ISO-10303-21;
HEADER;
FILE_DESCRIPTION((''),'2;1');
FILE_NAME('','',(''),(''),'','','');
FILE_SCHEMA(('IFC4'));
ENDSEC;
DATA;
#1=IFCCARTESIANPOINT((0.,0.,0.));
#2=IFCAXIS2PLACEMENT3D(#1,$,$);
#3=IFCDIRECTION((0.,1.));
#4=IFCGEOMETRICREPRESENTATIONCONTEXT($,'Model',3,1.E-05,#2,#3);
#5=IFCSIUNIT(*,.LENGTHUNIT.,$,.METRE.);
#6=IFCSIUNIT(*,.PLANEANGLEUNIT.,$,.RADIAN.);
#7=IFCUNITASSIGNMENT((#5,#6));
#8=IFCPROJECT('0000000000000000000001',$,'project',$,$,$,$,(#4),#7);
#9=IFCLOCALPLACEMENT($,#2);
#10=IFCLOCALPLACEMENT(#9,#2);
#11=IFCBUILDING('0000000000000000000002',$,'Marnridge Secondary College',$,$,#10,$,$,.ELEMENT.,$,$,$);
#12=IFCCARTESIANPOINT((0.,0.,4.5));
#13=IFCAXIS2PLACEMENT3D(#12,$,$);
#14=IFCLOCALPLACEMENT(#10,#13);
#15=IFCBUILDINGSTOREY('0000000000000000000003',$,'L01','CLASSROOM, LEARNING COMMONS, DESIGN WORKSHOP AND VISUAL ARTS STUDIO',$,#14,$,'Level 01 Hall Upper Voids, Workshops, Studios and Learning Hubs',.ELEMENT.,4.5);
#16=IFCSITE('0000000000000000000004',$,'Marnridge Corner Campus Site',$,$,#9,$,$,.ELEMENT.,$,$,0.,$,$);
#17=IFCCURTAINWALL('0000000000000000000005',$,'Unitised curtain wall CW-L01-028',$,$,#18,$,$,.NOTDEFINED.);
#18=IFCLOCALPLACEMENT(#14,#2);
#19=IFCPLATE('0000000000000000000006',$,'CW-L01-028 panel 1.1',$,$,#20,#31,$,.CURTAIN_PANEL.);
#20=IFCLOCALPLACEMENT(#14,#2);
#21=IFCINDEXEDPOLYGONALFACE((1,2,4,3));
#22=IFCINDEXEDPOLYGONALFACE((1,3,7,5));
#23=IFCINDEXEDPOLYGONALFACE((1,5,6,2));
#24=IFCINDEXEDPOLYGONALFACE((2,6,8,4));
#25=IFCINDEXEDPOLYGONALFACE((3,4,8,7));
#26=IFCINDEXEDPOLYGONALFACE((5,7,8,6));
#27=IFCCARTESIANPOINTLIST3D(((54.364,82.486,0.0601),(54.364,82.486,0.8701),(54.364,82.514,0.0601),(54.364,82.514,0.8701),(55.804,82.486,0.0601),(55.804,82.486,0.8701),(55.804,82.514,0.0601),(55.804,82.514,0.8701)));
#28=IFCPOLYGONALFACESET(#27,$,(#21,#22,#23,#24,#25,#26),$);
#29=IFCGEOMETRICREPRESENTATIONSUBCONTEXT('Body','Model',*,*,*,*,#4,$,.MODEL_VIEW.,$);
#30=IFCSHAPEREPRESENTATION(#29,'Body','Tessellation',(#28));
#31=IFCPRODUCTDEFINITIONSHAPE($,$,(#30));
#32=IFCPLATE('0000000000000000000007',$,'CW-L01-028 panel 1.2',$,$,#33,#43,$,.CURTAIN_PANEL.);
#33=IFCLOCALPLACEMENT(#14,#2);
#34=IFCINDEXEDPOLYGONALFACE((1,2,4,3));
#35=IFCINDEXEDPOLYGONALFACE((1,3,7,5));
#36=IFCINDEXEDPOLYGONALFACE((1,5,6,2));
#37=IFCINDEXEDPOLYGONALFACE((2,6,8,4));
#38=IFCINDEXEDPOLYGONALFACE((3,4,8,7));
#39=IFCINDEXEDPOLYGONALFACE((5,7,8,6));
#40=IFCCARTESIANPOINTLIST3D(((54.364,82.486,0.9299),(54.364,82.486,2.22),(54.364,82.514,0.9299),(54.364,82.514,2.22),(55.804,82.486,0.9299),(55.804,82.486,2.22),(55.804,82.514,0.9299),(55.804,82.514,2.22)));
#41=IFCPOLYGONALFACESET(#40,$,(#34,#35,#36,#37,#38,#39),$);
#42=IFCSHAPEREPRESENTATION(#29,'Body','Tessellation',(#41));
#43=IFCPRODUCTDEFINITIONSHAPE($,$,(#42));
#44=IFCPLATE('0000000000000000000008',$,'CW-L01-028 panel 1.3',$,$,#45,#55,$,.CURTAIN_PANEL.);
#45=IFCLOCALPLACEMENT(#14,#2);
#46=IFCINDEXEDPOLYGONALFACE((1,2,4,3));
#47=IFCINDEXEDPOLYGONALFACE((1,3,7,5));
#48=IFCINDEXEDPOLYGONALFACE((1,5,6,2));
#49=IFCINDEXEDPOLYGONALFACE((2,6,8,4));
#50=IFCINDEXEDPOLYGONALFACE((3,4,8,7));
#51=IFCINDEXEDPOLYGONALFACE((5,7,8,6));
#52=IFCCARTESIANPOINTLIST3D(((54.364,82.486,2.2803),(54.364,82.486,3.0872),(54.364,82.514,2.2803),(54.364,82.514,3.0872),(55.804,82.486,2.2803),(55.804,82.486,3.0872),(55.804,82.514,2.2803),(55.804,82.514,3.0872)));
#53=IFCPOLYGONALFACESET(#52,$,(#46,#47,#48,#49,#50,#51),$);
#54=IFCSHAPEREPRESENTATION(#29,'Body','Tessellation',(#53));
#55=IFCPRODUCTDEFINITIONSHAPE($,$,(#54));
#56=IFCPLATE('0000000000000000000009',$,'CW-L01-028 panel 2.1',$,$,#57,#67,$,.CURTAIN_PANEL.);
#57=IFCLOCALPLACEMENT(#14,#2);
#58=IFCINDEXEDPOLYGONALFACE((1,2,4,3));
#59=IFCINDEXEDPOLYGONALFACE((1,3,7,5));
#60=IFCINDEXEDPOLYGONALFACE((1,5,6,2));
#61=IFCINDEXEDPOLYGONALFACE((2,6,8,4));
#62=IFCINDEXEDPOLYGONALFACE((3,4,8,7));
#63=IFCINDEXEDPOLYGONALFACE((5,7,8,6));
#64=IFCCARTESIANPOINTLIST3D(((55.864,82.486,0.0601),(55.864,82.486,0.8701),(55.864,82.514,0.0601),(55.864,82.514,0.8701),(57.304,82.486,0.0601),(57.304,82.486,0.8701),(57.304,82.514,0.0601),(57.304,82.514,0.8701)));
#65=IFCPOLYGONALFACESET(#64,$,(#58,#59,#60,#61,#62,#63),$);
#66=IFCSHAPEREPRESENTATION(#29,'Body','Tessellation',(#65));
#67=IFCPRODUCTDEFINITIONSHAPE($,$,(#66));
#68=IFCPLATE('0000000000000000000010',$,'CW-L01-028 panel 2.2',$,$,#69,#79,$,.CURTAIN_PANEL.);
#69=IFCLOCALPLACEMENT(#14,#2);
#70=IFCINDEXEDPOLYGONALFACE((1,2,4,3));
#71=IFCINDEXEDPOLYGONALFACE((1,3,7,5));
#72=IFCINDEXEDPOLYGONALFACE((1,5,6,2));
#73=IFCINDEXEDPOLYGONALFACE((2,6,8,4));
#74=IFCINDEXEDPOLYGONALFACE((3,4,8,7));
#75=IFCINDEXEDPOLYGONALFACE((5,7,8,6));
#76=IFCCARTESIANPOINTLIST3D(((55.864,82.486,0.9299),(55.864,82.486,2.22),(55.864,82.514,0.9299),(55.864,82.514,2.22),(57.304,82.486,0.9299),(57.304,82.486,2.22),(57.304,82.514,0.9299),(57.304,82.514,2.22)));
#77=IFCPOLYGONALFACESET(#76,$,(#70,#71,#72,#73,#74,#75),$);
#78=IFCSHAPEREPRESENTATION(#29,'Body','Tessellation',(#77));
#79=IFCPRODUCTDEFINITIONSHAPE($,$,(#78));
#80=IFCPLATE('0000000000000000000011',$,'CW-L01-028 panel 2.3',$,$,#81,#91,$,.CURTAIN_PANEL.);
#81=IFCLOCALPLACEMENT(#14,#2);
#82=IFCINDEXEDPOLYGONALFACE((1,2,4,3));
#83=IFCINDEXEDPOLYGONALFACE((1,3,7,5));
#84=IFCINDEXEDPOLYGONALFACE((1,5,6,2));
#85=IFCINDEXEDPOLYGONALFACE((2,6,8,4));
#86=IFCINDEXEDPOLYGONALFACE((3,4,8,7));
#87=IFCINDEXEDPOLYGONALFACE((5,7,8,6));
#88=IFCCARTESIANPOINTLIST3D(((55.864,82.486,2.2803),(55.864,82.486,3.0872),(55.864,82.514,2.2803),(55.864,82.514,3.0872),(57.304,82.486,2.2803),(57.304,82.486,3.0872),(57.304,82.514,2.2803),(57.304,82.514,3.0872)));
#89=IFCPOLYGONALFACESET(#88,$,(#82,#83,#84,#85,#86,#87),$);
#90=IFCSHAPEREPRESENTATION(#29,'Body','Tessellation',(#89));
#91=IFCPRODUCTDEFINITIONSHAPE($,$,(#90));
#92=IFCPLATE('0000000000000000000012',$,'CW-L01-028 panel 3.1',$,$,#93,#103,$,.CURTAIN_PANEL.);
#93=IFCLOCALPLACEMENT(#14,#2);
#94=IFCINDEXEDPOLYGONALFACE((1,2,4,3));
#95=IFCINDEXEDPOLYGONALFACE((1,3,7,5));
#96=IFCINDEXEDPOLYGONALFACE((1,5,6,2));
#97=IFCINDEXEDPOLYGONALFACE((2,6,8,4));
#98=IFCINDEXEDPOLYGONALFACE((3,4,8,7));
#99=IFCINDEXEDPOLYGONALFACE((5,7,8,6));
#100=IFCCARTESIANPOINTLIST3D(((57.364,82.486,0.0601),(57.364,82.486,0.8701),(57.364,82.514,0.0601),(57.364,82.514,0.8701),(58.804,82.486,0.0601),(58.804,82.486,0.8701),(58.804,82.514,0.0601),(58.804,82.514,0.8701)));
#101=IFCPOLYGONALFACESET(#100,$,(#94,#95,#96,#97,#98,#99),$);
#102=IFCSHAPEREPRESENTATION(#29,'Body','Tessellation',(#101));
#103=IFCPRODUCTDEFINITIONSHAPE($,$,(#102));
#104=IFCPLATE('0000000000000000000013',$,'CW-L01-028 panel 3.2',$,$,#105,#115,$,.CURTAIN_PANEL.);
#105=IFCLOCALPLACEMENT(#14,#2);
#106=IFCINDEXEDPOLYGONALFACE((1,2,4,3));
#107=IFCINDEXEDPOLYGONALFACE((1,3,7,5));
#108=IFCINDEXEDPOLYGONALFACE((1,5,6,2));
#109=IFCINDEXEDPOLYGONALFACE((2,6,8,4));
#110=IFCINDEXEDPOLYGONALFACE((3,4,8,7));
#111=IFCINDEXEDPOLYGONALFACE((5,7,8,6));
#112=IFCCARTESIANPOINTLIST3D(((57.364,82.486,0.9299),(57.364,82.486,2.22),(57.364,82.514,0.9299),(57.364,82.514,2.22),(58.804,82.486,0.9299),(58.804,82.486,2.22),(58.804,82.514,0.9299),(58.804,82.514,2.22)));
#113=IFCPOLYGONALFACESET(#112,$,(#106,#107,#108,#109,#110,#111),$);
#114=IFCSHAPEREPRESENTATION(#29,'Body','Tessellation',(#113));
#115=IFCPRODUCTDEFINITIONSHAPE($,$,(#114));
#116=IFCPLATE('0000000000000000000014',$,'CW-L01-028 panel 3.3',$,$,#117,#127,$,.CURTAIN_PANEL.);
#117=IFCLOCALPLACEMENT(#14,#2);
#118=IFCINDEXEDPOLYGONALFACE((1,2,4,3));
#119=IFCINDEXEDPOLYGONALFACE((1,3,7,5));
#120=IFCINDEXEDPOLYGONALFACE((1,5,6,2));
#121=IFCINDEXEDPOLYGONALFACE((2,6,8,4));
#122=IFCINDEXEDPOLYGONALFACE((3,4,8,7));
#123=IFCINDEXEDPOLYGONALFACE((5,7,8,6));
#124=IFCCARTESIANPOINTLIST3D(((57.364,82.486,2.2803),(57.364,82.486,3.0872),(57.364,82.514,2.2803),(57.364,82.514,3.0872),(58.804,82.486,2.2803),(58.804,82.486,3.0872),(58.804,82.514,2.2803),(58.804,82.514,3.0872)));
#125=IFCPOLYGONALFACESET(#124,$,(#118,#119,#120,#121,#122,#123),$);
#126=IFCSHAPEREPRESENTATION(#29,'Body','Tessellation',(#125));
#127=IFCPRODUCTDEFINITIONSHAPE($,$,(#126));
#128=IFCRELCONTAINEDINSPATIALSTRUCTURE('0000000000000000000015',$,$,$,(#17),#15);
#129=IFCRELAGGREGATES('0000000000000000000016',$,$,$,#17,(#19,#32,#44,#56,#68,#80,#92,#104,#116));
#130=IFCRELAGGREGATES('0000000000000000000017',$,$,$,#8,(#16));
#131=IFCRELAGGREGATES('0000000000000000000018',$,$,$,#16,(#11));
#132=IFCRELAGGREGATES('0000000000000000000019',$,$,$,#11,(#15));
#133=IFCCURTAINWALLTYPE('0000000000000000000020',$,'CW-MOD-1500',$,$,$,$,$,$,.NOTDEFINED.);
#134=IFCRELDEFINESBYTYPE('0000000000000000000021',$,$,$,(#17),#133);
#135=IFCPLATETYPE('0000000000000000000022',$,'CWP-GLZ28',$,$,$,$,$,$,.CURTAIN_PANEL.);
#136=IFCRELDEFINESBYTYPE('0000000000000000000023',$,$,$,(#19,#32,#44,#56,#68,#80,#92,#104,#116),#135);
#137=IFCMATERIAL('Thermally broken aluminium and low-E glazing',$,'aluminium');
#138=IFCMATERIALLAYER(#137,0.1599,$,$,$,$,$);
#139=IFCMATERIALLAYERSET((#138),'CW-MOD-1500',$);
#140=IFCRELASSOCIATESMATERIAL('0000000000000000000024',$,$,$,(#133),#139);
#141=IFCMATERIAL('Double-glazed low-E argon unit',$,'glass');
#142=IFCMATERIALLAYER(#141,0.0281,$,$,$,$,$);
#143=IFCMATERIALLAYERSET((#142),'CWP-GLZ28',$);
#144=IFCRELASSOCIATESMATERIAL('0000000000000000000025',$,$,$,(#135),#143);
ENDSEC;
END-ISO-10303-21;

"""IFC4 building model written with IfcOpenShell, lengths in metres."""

from ifc_helpers import new_model, si_unit, direction, frame, origin, origin_2d, place, context, subcontext, project, spatial, rectangle, extrude, material, layer, layer_set, type_object, element, aggregate, save


model = new_model("IFC4")

# Units and contexts
model_context = context("Model", 3, precision=1e-05, world=origin(), true_north=direction((0.0, 1.0)))
body_context = subcontext(model_context, "Body", "Model", "MODEL_VIEW")
ifc_project = project(units=[si_unit("LENGTHUNIT", "METRE"), si_unit("PLANEANGLEUNIT", "RADIAN")], contexts=[model_context])

# Site, building, storey
site_placement = place(None, origin())
site = spatial("IfcSite", under=ifc_project, at=site_placement, Name="Marnridge Corner Campus Site", CompositionType="ELEMENT", RefElevation=0.0)
building_placement = place(site_placement, origin())
building = spatial("IfcBuilding", under=site, at=building_placement, Name="Marnridge Secondary College", CompositionType="ELEMENT")
storey_placement = place(building_placement, frame((0.0, 0.0, 4.5)))
storey = spatial("IfcBuildingStorey", under=building, at=storey_placement, Name="L01", Description="CLASSROOM, LEARNING COMMONS, DESIGN WORKSHOP AND VISUAL ARTS STUDIO", LongName="Level 01 Hall Upper Voids, Workshops, Studios and Learning Hubs", CompositionType="ELEMENT", Elevation=4.5)

# Curtain wall, plates
ifc_material_1 = material(Name="Thermally broken aluminium and low-E glazing", Category="aluminium")
ifc_layer_1 = layer(ifc_material_1, 0.1599)
ifc_layer_set_1 = layer_set([ifc_layer_1], Name="CW-MOD-1500")
curtain_wall_type = type_object("IfcCurtainWallType", Name="CW-MOD-1500", PredefinedType="NOTDEFINED", material=ifc_layer_set_1)
curtain_wall_placement = place(storey_placement, origin())
curtain_wall = element("IfcCurtainWall", 1, at=curtain_wall_placement, inside=storey, type_object=curtain_wall_type, Name="Unitised curtain wall CW-L01-028", PredefinedType="NOTDEFINED")
ifc_material_2 = material(Name="Double-glazed low-E argon unit", Category="glass")
ifc_layer_2 = layer(ifc_material_2, 0.0281)
ifc_layer_set_2 = layer_set([ifc_layer_2], Name="CWP-GLZ28")
plate_type = type_object("IfcPlateType", Name="CWP-GLZ28", PredefinedType="CURTAIN_PANEL", material=ifc_layer_set_2)
plate_1_placement = place(storey_placement, frame((55.084, 82.5, 0.0601), z_axis=(0.0, 0.0, 1.0), x_axis=(1.0, 0.0, 0.0)))
plate_1 = element("IfcPlate", 2, at=plate_1_placement, type_object=plate_type, Name="CW-L01-028 panel 1.1", PredefinedType="CURTAIN_PANEL", context=body_context, shape_type="SweptSolid", body=[
    extrude(rectangle(XDim=1.4399, YDim=0.0281, at=origin_2d()), origin(), (0.0, 0.0, 1.0), 0.8101),
])
plate_2_placement = place(storey_placement, frame((55.084, 82.5, 0.9299), z_axis=(0.0, 0.0, 1.0), x_axis=(1.0, 0.0, 0.0)))
plate_2 = element("IfcPlate", 3, at=plate_2_placement, type_object=plate_type, Name="CW-L01-028 panel 1.2", PredefinedType="CURTAIN_PANEL", context=body_context, shape_type="SweptSolid", body=[
    extrude(rectangle(XDim=1.4399, YDim=0.0281, at=origin_2d()), origin(), (0.0, 0.0, 1.0), 1.29),
])
plate_3_placement = place(storey_placement, frame((55.084, 82.5, 2.2803), z_axis=(0.0, 0.0, 1.0), x_axis=(1.0, 0.0, 0.0)))
plate_3 = element("IfcPlate", 4, at=plate_3_placement, type_object=plate_type, Name="CW-L01-028 panel 1.3", PredefinedType="CURTAIN_PANEL", context=body_context, shape_type="SweptSolid", body=[
    extrude(rectangle(XDim=1.4399, YDim=0.0281, at=origin_2d()), origin(), (0.0, 0.0, 1.0), 0.8069),
])
plate_4_placement = place(storey_placement, frame((56.584, 82.5, 0.0601), z_axis=(0.0, 0.0, 1.0), x_axis=(1.0, 0.0, 0.0)))
plate_4 = element("IfcPlate", 5, at=plate_4_placement, type_object=plate_type, Name="CW-L01-028 panel 2.1", PredefinedType="CURTAIN_PANEL", context=body_context, shape_type="SweptSolid", body=[
    extrude(rectangle(XDim=1.4399, YDim=0.0281, at=origin_2d()), origin(), (0.0, 0.0, 1.0), 0.8101),
])
plate_5_placement = place(storey_placement, frame((56.584, 82.5, 0.9299), z_axis=(0.0, 0.0, 1.0), x_axis=(1.0, 0.0, 0.0)))
plate_5 = element("IfcPlate", 6, at=plate_5_placement, type_object=plate_type, Name="CW-L01-028 panel 2.2", PredefinedType="CURTAIN_PANEL", context=body_context, shape_type="SweptSolid", body=[
    extrude(rectangle(XDim=1.4399, YDim=0.0281, at=origin_2d()), origin(), (0.0, 0.0, 1.0), 1.29),
])
plate_6_placement = place(storey_placement, frame((56.584, 82.5, 2.2803), z_axis=(0.0, 0.0, 1.0), x_axis=(1.0, 0.0, 0.0)))
plate_6 = element("IfcPlate", 7, at=plate_6_placement, type_object=plate_type, Name="CW-L01-028 panel 2.3", PredefinedType="CURTAIN_PANEL", context=body_context, shape_type="SweptSolid", body=[
    extrude(rectangle(XDim=1.4399, YDim=0.0281, at=origin_2d()), origin(), (0.0, 0.0, 1.0), 0.8069),
])
plate_7_placement = place(storey_placement, frame((58.084, 82.5, 0.0601), z_axis=(0.0, 0.0, 1.0), x_axis=(1.0, 0.0, 0.0)))
plate_7 = element("IfcPlate", 8, at=plate_7_placement, type_object=plate_type, Name="CW-L01-028 panel 3.1", PredefinedType="CURTAIN_PANEL", context=body_context, shape_type="SweptSolid", body=[
    extrude(rectangle(XDim=1.4399, YDim=0.0281, at=origin_2d()), origin(), (0.0, 0.0, 1.0), 0.8101),
])
plate_8_placement = place(storey_placement, frame((58.084, 82.5, 0.9299), z_axis=(0.0, 0.0, 1.0), x_axis=(1.0, 0.0, 0.0)))
plate_8 = element("IfcPlate", 9, at=plate_8_placement, type_object=plate_type, Name="CW-L01-028 panel 3.2", PredefinedType="CURTAIN_PANEL", context=body_context, shape_type="SweptSolid", body=[
    extrude(rectangle(XDim=1.4399, YDim=0.0281, at=origin_2d()), origin(), (0.0, 0.0, 1.0), 1.29),
])
plate_9_placement = place(storey_placement, frame((58.084, 82.5, 2.2803), z_axis=(0.0, 0.0, 1.0), x_axis=(1.0, 0.0, 0.0)))
plate_9 = element("IfcPlate", 10, at=plate_9_placement, type_object=plate_type, Name="CW-L01-028 panel 3.3", PredefinedType="CURTAIN_PANEL", context=body_context, shape_type="SweptSolid", body=[
    extrude(rectangle(XDim=1.4399, YDim=0.0281, at=origin_2d()), origin(), (0.0, 0.0, 1.0), 0.8069),
])
aggregate(curtain_wall, [plate_1, plate_2, plate_3, plate_4, plate_5, plate_6, plate_7, plate_8, plate_9])

save(model, "model.ifc")
